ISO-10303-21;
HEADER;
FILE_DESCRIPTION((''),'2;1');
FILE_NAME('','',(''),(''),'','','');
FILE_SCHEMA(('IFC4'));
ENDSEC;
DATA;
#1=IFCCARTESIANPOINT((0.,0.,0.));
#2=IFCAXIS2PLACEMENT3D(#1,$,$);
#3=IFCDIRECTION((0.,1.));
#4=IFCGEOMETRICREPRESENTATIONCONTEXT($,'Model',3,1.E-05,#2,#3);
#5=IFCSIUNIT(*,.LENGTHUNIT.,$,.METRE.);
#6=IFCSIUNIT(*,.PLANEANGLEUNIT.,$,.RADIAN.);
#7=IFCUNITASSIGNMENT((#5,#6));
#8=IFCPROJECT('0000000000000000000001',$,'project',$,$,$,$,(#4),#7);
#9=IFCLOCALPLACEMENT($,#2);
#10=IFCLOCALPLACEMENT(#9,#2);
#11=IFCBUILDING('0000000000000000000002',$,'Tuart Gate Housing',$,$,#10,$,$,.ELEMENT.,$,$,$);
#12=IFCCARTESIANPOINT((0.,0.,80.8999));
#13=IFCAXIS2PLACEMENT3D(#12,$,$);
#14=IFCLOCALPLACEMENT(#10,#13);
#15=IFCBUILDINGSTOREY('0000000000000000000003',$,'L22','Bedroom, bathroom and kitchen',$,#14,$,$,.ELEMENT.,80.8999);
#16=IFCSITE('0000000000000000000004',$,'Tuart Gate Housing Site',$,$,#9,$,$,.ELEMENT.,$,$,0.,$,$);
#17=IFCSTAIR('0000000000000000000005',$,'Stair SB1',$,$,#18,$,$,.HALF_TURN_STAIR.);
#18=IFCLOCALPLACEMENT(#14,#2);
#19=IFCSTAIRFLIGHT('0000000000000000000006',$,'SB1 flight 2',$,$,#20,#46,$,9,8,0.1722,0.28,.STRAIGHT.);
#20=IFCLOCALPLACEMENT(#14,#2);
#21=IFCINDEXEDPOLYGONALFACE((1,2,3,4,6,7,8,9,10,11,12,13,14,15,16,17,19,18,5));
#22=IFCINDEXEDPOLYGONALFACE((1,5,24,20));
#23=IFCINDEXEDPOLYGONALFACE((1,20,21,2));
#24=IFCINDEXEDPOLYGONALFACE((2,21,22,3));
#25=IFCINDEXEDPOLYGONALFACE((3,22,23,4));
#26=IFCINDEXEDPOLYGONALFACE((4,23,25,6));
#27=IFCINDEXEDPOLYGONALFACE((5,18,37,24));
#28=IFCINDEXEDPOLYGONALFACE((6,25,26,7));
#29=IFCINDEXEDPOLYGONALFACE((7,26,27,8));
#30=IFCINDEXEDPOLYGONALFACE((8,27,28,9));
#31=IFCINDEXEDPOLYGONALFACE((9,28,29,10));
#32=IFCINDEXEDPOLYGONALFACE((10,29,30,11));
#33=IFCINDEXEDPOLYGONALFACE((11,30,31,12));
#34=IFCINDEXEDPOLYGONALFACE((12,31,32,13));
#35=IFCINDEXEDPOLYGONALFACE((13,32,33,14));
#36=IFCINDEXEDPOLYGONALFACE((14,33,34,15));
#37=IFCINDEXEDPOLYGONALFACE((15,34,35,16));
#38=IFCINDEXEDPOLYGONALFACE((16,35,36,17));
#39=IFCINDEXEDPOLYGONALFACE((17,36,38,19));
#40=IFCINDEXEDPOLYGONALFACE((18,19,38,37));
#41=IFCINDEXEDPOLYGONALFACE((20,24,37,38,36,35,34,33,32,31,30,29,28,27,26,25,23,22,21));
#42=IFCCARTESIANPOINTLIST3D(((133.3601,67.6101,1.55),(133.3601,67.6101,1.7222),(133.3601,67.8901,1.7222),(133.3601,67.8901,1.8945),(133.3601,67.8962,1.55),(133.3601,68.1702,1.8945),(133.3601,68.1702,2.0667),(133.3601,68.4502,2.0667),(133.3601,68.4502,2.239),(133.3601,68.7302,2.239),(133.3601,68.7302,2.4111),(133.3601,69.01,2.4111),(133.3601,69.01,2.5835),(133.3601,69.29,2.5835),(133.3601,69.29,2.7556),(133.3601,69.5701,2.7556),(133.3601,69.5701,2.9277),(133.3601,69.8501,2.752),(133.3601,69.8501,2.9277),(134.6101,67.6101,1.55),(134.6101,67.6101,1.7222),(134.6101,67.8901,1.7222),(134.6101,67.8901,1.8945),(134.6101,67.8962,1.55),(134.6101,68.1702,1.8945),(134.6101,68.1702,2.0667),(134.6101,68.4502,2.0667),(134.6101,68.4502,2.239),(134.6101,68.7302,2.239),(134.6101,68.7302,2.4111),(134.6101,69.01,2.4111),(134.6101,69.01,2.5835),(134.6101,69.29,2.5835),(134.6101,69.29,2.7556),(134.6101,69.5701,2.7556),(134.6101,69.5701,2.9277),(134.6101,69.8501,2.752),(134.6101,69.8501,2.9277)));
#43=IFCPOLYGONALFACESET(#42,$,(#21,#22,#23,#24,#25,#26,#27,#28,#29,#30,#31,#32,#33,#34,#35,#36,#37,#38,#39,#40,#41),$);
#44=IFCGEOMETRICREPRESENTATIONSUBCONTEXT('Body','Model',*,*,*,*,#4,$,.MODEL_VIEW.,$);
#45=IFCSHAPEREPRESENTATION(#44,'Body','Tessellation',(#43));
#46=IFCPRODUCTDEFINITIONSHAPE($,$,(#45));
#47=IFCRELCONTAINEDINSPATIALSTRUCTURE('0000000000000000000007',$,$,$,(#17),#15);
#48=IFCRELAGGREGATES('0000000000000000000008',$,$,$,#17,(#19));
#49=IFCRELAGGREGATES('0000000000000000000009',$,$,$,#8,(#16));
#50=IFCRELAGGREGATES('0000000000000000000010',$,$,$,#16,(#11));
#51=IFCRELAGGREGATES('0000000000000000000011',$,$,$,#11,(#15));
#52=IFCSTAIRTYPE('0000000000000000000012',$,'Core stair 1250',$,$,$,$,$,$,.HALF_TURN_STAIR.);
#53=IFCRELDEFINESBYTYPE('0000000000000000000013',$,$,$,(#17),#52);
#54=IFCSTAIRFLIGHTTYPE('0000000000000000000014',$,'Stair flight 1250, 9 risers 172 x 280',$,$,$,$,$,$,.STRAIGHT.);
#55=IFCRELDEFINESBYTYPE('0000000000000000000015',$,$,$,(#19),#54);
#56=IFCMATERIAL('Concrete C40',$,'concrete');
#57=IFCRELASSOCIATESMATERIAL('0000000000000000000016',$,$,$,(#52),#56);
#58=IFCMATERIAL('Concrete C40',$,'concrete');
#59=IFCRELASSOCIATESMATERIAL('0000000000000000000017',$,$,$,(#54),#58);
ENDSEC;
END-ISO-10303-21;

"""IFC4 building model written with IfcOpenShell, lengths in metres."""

from ifc_helpers import new_model, si_unit, direction, frame, origin, place, context, subcontext, project, spatial, polyline, outline, extrude, material, type_object, element, aggregate, save


model = new_model("IFC4")

# Units and contexts
model_context = context("Model", 3, precision=1e-05, world=origin(), true_north=direction((0.0, 1.0)))
body_context = subcontext(model_context, "Body", "Model", "MODEL_VIEW")
ifc_project = project(units=[si_unit("LENGTHUNIT", "METRE"), si_unit("PLANEANGLEUNIT", "RADIAN")], contexts=[model_context])

# Site, building, storey
site_placement = place(None, origin())
site = spatial("IfcSite", under=ifc_project, at=site_placement, Name="Tuart Gate Housing Site", CompositionType="ELEMENT", RefElevation=0.0)
building_placement = place(site_placement, origin())
building = spatial("IfcBuilding", under=site, at=building_placement, Name="Tuart Gate Housing", CompositionType="ELEMENT")
storey_placement = place(building_placement, frame((0.0, 0.0, 80.8999)))
storey = spatial("IfcBuildingStorey", under=building, at=storey_placement, Name="L22", Description="Bedroom, bathroom and kitchen", CompositionType="ELEMENT", Elevation=80.8999)

# Stair, stair flight
ifc_material_1 = material(Name="Concrete C40", Category="concrete")
stair_type = type_object("IfcStairType", Name="Core stair 1250", PredefinedType="HALF_TURN_STAIR", material=ifc_material_1)
stair_placement = place(storey_placement, origin())
stair = element("IfcStair", 1, at=stair_placement, inside=storey, type_object=stair_type, Name="Stair SB1", PredefinedType="HALF_TURN_STAIR")
ifc_material_2 = material(Name="Concrete C40", Category="concrete")
stair_flight_type = type_object("IfcStairFlightType", Name="Stair flight 1250, 9 risers 172 x 280", PredefinedType="STRAIGHT", material=ifc_material_2)
stair_flight_1_placement = place(storey_placement, frame((133.9851, 67.6101, 1.55), z_axis=(0.0, 0.0, 1.0), x_axis=(0.0, 1.0, 0.0)))
stair_flight_1 = element("IfcStairFlight", 2, at=stair_flight_1_placement, type_object=stair_flight_type, Name="SB1 flight 2", NumberOfRisers=9, NumberOfTreads=8, PredefinedType="STRAIGHT", RiserHeight=0.1722, TreadLength=0.28, context=body_context, shape_type="SweptSolid", body=[
    extrude(outline(polyline([(0.0, 0.0), (0.0, 0.1721), (0.28, 0.1721), (0.28, 0.3445), (0.5601, 0.3445), (0.5601, 0.5166), (0.8401, 0.5166), (0.8401, 0.689), (1.1201, 0.689), (1.1201, 0.8611), (1.3999, 0.8611), (1.3999, 1.0334), (1.6799, 1.0334), (1.6799, 1.2056), (1.96, 1.2056), (1.96, 1.3777), (2.24, 1.3777), (2.24, 1.55), (2.24, 1.2019), (0.2861, 0.0), (0.0, 0.0)])), frame((0.0, 0.625, 0.0), z_axis=(0.0, -1.0, 0.0), x_axis=(1.0, 0.0, 0.0)), (0.0, 0.0, 1.0), 1.25),
])
aggregate(stair, [stair_flight_1])

save(model, "model.ifc")
